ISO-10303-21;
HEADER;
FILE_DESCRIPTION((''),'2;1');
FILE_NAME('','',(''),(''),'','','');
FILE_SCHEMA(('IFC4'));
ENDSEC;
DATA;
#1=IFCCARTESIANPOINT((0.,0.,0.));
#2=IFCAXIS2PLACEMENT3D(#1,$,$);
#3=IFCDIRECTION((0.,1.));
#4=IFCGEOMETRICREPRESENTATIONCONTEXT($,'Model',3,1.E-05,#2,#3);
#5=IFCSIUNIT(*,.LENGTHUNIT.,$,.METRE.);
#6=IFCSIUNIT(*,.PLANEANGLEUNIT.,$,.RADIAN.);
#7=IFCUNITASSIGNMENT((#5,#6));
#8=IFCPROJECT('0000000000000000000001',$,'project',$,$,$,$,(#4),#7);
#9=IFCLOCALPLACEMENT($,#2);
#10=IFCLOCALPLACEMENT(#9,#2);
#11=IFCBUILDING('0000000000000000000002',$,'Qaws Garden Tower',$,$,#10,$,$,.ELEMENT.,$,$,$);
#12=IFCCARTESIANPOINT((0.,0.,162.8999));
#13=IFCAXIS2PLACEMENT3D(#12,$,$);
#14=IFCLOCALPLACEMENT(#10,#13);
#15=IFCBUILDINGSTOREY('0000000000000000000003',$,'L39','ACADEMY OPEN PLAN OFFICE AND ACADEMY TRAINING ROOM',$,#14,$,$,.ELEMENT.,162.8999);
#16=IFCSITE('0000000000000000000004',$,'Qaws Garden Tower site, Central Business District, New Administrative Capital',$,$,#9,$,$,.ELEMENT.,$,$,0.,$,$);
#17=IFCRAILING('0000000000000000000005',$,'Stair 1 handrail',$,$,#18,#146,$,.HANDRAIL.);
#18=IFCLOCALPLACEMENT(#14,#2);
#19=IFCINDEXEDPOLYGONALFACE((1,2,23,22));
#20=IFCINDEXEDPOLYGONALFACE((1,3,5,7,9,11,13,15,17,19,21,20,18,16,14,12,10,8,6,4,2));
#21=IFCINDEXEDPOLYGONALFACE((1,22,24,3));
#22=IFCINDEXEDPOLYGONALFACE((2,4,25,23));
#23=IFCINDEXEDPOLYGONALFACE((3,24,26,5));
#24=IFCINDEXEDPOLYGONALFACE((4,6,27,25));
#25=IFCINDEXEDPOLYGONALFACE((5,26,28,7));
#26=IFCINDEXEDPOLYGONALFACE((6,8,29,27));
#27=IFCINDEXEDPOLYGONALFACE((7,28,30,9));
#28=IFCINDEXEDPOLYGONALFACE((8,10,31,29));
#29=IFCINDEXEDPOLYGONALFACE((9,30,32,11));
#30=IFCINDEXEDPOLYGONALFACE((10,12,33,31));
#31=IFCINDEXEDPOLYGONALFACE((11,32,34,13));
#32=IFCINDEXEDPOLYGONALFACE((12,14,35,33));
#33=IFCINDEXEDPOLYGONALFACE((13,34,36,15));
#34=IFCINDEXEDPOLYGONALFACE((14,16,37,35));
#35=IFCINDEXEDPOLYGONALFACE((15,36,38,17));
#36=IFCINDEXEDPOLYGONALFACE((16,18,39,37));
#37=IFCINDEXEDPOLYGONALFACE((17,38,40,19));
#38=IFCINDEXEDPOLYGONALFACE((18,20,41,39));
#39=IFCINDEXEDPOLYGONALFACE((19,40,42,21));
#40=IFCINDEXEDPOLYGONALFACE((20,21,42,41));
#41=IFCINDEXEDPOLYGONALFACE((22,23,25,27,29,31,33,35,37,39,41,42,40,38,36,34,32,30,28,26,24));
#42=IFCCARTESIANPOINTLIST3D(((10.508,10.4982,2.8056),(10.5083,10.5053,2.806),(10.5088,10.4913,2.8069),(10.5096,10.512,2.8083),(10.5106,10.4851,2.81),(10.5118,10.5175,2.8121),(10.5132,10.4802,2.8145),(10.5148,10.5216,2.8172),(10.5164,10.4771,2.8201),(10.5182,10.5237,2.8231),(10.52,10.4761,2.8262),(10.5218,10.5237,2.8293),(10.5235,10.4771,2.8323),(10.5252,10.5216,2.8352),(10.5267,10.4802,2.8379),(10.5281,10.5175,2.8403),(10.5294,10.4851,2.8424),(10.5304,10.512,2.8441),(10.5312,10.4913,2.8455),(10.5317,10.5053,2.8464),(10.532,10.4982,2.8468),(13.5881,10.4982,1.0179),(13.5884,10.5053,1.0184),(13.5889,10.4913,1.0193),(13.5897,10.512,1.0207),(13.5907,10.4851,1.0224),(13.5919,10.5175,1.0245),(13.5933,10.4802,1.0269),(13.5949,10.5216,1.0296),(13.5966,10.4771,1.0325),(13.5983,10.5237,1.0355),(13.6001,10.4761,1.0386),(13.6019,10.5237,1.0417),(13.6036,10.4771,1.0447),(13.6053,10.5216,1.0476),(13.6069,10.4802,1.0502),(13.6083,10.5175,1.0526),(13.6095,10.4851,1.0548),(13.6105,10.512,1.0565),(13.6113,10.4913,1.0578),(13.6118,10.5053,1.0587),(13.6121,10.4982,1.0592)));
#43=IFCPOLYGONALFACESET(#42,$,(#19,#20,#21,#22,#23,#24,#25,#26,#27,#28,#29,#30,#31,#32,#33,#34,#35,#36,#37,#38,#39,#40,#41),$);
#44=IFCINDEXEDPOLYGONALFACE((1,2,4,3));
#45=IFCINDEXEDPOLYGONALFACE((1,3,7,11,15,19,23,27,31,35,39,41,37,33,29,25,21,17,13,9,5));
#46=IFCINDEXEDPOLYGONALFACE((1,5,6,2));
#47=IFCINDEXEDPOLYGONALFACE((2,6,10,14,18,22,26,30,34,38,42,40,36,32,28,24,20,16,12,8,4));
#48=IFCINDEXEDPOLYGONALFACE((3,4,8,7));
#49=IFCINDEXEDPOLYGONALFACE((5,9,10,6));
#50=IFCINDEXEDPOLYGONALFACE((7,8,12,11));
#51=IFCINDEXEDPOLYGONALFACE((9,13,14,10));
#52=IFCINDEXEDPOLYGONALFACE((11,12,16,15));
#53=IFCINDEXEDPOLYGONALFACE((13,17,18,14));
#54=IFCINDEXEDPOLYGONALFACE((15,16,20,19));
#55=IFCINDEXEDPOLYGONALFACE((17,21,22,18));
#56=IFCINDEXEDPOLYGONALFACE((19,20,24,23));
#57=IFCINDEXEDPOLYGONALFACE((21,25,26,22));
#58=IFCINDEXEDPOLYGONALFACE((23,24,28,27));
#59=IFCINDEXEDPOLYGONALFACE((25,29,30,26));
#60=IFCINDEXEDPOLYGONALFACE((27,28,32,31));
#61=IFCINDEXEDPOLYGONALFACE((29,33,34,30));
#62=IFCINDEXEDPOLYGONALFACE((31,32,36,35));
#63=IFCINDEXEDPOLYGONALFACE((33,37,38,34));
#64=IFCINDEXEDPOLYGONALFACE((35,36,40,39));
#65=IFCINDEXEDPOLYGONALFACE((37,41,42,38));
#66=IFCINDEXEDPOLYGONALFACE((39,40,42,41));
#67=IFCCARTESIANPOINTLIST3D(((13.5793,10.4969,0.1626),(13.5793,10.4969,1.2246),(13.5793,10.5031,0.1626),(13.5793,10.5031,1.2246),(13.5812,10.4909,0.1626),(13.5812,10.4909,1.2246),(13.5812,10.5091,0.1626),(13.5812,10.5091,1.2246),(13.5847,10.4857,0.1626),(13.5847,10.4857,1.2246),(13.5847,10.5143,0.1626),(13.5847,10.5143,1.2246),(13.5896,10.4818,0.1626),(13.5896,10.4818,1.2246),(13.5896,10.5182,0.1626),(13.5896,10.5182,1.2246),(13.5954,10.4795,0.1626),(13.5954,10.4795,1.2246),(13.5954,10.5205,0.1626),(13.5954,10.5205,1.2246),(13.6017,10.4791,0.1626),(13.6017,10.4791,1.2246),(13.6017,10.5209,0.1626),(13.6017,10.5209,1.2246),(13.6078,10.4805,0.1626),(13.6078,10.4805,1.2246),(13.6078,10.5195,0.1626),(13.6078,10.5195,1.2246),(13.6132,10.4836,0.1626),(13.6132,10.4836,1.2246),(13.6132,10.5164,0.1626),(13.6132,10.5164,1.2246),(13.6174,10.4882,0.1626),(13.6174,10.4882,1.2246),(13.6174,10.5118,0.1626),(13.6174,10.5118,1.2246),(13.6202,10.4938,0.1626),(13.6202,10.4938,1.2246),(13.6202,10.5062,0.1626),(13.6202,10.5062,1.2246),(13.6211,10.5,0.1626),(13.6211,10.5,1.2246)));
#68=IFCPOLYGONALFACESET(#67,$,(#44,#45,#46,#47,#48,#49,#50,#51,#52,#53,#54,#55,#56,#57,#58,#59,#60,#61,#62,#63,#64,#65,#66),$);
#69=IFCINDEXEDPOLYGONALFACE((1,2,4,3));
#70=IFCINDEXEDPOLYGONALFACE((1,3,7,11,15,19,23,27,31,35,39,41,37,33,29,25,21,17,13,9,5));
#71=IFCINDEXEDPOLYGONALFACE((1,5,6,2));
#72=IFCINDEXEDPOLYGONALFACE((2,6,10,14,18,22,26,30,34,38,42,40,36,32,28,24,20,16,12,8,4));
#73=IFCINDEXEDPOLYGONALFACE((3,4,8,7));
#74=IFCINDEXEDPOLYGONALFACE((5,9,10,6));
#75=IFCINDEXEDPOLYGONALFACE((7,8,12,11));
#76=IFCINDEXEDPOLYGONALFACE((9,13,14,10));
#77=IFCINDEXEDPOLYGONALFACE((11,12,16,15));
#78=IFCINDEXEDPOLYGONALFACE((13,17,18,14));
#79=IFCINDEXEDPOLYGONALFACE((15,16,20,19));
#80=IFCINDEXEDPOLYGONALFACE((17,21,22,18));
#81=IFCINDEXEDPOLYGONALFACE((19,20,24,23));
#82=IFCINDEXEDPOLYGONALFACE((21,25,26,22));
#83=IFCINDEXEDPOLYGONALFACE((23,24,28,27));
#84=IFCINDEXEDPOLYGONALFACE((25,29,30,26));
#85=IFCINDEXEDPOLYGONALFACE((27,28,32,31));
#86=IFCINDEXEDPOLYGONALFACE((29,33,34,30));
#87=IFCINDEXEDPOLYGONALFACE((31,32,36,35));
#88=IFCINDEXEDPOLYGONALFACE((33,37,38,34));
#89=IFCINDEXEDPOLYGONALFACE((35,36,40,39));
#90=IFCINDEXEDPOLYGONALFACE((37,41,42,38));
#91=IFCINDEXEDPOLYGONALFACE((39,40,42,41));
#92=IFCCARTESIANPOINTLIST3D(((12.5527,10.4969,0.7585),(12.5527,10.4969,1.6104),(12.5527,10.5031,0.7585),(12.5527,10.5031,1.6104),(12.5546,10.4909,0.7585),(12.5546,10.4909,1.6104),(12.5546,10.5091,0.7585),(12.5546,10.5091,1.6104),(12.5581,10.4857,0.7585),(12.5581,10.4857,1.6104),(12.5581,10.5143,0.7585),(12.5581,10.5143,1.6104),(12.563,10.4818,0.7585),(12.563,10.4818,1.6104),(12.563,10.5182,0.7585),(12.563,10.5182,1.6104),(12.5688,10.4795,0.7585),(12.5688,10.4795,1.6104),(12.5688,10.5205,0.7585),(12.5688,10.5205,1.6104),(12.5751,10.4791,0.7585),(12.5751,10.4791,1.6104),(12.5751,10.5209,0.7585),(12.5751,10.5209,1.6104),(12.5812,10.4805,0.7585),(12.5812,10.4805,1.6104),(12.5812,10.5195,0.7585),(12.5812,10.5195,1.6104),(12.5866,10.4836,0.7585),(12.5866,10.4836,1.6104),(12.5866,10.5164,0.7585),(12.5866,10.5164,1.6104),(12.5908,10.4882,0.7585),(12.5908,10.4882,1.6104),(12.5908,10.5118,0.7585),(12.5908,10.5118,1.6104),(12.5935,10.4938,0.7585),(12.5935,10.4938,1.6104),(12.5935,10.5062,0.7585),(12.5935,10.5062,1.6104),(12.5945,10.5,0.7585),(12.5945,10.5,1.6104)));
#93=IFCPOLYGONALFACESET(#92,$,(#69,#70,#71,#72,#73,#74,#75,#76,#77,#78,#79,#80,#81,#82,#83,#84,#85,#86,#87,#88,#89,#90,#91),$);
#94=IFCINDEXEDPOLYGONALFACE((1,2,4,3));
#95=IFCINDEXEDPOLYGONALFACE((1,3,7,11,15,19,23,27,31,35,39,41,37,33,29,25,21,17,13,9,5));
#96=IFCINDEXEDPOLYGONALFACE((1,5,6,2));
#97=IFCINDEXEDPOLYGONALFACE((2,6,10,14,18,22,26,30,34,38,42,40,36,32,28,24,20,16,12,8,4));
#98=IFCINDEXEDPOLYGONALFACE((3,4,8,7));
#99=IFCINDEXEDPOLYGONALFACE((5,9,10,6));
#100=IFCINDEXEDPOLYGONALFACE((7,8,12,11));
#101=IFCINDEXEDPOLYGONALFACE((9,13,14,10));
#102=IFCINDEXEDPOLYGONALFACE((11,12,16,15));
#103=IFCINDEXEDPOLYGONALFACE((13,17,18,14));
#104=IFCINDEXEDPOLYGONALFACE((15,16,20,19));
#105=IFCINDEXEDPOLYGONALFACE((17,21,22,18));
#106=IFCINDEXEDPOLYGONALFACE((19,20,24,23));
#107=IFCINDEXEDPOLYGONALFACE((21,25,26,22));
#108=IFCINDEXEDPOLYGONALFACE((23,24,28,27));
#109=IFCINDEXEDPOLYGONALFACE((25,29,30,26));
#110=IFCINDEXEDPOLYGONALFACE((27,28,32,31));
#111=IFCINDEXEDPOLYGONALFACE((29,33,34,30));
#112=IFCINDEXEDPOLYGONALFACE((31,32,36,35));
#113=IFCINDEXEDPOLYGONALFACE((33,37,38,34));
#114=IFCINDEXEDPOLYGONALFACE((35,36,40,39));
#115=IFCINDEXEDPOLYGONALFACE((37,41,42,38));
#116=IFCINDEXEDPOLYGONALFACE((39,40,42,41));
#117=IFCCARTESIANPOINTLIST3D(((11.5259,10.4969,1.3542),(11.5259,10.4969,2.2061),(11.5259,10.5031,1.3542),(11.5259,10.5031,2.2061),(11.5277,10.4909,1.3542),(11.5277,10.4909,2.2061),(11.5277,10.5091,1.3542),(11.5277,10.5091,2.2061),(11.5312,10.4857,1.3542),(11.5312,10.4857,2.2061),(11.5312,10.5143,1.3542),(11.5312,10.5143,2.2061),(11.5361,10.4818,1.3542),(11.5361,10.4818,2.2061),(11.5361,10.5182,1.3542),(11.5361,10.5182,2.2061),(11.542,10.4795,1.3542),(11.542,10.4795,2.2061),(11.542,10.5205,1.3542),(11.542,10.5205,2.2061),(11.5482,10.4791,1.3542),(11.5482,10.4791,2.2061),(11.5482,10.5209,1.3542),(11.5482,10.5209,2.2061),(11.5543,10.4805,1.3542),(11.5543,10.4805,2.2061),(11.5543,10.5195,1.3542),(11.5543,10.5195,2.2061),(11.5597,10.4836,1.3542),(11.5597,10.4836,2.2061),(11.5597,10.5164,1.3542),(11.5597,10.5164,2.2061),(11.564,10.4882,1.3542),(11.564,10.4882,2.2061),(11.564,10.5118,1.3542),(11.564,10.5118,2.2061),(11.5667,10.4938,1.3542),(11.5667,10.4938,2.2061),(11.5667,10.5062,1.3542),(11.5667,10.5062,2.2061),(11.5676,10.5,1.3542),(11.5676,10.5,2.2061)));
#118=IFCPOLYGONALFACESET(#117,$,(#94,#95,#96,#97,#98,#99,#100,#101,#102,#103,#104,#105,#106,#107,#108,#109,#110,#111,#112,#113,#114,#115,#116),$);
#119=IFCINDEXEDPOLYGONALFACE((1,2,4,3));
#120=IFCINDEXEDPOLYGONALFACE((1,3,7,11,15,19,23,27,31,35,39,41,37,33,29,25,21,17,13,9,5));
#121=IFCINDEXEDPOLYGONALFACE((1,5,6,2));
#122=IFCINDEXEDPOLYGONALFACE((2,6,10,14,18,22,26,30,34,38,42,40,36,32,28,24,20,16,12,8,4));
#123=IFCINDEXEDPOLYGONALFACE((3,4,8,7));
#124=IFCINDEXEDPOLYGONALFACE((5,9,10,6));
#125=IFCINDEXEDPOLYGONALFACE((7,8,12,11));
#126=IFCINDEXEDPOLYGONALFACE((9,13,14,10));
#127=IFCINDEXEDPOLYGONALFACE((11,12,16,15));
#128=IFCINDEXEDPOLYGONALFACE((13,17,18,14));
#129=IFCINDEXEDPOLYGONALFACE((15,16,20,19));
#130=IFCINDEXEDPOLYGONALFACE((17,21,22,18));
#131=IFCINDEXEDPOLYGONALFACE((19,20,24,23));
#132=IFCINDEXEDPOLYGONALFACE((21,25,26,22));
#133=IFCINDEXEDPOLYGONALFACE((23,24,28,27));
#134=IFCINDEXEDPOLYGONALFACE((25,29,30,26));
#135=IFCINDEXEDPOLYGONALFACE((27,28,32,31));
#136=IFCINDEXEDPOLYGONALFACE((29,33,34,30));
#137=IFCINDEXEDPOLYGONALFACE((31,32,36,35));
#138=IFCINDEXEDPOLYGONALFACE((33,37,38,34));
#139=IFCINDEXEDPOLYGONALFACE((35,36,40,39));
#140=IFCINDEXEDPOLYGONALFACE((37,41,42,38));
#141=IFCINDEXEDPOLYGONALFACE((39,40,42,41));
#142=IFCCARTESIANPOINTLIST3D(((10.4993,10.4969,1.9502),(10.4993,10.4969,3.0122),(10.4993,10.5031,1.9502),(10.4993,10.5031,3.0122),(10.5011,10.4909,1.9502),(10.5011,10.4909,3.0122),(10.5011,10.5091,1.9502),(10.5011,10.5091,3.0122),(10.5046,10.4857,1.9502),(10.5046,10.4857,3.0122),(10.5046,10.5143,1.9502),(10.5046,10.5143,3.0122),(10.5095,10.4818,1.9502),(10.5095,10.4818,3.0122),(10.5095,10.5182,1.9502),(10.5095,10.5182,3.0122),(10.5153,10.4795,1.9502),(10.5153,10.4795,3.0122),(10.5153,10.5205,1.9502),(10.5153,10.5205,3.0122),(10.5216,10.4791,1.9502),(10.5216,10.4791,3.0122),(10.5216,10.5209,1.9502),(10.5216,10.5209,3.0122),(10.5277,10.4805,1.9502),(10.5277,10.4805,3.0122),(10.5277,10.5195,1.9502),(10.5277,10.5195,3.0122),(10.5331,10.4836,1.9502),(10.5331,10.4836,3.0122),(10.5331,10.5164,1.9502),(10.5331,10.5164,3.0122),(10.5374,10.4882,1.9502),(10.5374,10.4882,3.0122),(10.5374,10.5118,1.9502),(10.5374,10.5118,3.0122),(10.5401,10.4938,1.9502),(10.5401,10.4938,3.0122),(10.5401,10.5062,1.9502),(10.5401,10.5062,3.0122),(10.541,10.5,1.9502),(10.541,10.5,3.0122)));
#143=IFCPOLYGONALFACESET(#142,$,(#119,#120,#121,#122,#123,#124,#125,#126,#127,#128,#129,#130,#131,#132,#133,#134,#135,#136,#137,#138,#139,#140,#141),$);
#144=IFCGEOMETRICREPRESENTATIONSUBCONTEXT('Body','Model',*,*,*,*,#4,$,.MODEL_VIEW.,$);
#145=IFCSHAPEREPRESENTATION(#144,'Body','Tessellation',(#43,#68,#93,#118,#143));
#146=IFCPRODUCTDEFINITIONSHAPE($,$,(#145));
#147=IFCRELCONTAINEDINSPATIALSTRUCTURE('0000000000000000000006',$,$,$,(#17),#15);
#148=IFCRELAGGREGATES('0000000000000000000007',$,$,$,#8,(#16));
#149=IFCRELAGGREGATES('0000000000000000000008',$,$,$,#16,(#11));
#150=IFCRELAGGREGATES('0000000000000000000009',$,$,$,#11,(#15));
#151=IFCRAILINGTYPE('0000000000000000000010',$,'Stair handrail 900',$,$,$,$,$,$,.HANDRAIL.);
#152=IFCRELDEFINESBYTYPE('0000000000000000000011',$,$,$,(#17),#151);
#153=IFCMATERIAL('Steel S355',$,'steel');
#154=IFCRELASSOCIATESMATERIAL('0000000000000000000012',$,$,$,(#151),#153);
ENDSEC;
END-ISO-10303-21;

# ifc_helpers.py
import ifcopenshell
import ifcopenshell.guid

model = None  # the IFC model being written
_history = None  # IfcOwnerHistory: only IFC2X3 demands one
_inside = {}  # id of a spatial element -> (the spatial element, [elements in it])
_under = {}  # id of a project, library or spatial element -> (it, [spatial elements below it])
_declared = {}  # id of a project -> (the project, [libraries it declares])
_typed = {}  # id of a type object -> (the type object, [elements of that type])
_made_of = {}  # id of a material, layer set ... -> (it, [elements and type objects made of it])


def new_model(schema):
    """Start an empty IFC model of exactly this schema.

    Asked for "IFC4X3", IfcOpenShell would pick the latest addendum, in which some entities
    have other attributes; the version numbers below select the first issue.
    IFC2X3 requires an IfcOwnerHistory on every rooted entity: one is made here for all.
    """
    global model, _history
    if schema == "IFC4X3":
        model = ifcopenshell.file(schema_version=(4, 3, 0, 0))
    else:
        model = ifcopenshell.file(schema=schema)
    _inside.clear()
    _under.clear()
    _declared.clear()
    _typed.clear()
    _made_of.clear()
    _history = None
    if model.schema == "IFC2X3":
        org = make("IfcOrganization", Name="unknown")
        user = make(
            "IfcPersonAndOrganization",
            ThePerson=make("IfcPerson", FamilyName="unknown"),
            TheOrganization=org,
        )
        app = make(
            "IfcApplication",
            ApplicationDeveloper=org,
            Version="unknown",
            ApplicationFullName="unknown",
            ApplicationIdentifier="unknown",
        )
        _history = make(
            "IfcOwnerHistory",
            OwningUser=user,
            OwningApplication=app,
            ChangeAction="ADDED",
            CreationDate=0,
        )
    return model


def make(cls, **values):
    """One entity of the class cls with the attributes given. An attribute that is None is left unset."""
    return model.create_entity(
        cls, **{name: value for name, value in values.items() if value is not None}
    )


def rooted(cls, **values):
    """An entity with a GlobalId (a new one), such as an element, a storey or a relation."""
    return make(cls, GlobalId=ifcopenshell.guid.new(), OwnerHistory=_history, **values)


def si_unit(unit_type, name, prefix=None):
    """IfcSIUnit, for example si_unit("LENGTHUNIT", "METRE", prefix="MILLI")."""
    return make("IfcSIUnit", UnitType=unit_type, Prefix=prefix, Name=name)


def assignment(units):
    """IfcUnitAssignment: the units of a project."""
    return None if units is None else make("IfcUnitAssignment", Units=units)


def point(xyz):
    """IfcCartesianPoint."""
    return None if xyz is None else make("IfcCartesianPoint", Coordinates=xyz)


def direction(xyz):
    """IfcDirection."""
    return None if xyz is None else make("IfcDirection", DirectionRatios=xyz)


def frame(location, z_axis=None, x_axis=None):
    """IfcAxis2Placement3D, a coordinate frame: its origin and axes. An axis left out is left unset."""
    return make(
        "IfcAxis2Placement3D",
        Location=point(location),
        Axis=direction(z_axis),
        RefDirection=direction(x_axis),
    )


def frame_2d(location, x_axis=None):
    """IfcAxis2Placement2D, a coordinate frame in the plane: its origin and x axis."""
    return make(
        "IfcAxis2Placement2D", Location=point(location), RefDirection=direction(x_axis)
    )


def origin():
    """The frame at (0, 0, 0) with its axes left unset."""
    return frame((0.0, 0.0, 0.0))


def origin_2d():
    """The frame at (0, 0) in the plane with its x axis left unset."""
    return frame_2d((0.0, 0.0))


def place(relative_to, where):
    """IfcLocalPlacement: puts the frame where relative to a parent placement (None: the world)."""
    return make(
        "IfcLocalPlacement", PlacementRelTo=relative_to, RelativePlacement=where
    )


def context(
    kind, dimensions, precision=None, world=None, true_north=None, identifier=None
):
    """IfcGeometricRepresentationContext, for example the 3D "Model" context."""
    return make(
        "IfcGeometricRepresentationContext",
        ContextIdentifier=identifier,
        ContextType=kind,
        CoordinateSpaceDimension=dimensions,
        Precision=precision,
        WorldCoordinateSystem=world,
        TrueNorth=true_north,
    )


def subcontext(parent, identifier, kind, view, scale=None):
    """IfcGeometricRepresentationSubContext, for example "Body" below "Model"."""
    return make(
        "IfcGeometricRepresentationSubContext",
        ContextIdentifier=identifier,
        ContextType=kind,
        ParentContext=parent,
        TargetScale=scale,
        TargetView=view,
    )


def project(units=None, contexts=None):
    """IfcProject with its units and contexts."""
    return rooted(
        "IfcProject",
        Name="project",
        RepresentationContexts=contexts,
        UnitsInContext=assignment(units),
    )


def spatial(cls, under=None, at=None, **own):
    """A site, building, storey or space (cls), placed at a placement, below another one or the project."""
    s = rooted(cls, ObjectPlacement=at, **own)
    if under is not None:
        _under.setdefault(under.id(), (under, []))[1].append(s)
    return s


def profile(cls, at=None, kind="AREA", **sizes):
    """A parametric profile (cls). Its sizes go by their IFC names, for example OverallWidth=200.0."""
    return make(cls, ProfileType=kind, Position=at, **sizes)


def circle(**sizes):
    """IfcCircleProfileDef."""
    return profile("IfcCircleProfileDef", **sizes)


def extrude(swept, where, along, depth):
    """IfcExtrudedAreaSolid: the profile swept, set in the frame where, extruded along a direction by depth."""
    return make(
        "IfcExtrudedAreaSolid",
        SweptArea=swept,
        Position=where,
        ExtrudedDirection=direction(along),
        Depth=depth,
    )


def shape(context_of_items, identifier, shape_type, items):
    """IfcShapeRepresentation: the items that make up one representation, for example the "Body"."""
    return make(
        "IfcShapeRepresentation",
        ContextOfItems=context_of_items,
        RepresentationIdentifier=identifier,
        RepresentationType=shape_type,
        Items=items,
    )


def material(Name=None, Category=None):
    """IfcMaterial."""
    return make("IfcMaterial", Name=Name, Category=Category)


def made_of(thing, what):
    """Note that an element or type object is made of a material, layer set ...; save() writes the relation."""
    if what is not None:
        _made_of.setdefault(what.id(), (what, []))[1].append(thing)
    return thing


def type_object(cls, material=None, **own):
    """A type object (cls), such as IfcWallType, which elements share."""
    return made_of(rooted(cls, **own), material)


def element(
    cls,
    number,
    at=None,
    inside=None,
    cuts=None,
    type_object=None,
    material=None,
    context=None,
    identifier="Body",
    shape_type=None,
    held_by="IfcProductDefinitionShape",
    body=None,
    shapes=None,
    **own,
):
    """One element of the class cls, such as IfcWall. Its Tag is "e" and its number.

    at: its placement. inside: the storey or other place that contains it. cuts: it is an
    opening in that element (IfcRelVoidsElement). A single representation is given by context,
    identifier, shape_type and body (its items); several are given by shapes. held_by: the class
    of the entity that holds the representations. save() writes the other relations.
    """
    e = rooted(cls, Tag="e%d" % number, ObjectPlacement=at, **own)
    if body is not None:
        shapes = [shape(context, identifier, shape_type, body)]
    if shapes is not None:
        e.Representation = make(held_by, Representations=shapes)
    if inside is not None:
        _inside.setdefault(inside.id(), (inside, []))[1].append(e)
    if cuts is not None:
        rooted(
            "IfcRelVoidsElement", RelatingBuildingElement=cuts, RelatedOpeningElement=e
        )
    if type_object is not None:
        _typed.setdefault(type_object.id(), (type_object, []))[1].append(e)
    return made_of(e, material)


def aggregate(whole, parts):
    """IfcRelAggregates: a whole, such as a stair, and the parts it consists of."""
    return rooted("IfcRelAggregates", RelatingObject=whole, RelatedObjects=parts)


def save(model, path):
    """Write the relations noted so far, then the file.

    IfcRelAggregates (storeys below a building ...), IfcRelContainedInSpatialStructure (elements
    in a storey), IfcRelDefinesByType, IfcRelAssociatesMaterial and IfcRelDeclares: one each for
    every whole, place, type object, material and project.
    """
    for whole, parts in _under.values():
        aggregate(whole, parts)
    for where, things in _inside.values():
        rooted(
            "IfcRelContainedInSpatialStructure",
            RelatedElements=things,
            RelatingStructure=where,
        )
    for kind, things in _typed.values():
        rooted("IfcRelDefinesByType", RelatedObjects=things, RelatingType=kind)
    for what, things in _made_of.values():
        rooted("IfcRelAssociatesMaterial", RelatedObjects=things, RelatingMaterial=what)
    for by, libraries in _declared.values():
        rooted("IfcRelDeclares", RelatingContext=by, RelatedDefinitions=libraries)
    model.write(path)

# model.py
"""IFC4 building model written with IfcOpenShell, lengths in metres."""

from ifc_helpers import new_model, si_unit, direction, frame, origin, origin_2d, place, context, subcontext, project, spatial, circle, extrude, material, type_object, element, save


model = new_model("IFC4")

# Units and contexts
model_context = context("Model", 3, precision=1e-05, world=origin(), true_north=direction((0.0, 1.0)))
body_context = subcontext(model_context, "Body", "Model", "MODEL_VIEW")
ifc_project = project(units=[si_unit("LENGTHUNIT", "METRE"), si_unit("PLANEANGLEUNIT", "RADIAN")], contexts=[model_context])

# Site, building, storey
site_placement = place(None, origin())
site = spatial("IfcSite", under=ifc_project, at=site_placement, Name="Qaws Garden Tower site, Central Business District, New Administrative Capital", CompositionType="ELEMENT", RefElevation=0.0)
building_placement = place(site_placement, origin())
building = spatial("IfcBuilding", under=site, at=building_placement, Name="Qaws Garden Tower", CompositionType="ELEMENT")
storey_placement = place(building_placement, frame((0.0, 0.0, 162.8999)))
storey = spatial("IfcBuildingStorey", under=building, at=storey_placement, Name="L39", Description="ACADEMY OPEN PLAN OFFICE AND ACADEMY TRAINING ROOM", CompositionType="ELEMENT", Elevation=162.8999)

# Railing
ifc_material_1 = material(Name="Steel S355", Category="steel")
railing_type = type_object("IfcRailingType", Name="Stair handrail 900", PredefinedType="HANDRAIL", material=ifc_material_1)
railing_1_placement = place(storey_placement, frame((13.6001, 10.5, 0.1626)))
element("IfcRailing", 1, at=railing_1_placement, inside=storey, type_object=railing_type, Name="Stair 1 handrail", PredefinedType="HANDRAIL", context=body_context, shape_type="SweptSolid", body=[
    extrude(circle(Radius=0.0239, at=origin_2d()), frame((0.0, 0.0, 0.876), z_axis=(-0.864891, 0.0, 0.50196), x_axis=(0.0, -1.0, 0.0)), (0.0, 0.0, 1.0), 3.5613),
    extrude(circle(Radius=0.021, at=origin_2d()), origin(), (0.0, 0.0, 1.0), 1.062),
    extrude(circle(Radius=0.021, at=origin_2d()), frame((-1.0266, 0.0, 0.5959)), (0.0, 0.0, 1.0), 0.8518),
    extrude(circle(Radius=0.021, at=origin_2d()), frame((-2.0535, 0.0, 1.1917)), (0.0, 0.0, 1.0), 0.8518),
    extrude(circle(Radius=0.021, at=origin_2d()), frame((-3.0801, 0.0, 1.7876)), (0.0, 0.0, 1.0), 1.062),
])

save(model, "model.ifc")
